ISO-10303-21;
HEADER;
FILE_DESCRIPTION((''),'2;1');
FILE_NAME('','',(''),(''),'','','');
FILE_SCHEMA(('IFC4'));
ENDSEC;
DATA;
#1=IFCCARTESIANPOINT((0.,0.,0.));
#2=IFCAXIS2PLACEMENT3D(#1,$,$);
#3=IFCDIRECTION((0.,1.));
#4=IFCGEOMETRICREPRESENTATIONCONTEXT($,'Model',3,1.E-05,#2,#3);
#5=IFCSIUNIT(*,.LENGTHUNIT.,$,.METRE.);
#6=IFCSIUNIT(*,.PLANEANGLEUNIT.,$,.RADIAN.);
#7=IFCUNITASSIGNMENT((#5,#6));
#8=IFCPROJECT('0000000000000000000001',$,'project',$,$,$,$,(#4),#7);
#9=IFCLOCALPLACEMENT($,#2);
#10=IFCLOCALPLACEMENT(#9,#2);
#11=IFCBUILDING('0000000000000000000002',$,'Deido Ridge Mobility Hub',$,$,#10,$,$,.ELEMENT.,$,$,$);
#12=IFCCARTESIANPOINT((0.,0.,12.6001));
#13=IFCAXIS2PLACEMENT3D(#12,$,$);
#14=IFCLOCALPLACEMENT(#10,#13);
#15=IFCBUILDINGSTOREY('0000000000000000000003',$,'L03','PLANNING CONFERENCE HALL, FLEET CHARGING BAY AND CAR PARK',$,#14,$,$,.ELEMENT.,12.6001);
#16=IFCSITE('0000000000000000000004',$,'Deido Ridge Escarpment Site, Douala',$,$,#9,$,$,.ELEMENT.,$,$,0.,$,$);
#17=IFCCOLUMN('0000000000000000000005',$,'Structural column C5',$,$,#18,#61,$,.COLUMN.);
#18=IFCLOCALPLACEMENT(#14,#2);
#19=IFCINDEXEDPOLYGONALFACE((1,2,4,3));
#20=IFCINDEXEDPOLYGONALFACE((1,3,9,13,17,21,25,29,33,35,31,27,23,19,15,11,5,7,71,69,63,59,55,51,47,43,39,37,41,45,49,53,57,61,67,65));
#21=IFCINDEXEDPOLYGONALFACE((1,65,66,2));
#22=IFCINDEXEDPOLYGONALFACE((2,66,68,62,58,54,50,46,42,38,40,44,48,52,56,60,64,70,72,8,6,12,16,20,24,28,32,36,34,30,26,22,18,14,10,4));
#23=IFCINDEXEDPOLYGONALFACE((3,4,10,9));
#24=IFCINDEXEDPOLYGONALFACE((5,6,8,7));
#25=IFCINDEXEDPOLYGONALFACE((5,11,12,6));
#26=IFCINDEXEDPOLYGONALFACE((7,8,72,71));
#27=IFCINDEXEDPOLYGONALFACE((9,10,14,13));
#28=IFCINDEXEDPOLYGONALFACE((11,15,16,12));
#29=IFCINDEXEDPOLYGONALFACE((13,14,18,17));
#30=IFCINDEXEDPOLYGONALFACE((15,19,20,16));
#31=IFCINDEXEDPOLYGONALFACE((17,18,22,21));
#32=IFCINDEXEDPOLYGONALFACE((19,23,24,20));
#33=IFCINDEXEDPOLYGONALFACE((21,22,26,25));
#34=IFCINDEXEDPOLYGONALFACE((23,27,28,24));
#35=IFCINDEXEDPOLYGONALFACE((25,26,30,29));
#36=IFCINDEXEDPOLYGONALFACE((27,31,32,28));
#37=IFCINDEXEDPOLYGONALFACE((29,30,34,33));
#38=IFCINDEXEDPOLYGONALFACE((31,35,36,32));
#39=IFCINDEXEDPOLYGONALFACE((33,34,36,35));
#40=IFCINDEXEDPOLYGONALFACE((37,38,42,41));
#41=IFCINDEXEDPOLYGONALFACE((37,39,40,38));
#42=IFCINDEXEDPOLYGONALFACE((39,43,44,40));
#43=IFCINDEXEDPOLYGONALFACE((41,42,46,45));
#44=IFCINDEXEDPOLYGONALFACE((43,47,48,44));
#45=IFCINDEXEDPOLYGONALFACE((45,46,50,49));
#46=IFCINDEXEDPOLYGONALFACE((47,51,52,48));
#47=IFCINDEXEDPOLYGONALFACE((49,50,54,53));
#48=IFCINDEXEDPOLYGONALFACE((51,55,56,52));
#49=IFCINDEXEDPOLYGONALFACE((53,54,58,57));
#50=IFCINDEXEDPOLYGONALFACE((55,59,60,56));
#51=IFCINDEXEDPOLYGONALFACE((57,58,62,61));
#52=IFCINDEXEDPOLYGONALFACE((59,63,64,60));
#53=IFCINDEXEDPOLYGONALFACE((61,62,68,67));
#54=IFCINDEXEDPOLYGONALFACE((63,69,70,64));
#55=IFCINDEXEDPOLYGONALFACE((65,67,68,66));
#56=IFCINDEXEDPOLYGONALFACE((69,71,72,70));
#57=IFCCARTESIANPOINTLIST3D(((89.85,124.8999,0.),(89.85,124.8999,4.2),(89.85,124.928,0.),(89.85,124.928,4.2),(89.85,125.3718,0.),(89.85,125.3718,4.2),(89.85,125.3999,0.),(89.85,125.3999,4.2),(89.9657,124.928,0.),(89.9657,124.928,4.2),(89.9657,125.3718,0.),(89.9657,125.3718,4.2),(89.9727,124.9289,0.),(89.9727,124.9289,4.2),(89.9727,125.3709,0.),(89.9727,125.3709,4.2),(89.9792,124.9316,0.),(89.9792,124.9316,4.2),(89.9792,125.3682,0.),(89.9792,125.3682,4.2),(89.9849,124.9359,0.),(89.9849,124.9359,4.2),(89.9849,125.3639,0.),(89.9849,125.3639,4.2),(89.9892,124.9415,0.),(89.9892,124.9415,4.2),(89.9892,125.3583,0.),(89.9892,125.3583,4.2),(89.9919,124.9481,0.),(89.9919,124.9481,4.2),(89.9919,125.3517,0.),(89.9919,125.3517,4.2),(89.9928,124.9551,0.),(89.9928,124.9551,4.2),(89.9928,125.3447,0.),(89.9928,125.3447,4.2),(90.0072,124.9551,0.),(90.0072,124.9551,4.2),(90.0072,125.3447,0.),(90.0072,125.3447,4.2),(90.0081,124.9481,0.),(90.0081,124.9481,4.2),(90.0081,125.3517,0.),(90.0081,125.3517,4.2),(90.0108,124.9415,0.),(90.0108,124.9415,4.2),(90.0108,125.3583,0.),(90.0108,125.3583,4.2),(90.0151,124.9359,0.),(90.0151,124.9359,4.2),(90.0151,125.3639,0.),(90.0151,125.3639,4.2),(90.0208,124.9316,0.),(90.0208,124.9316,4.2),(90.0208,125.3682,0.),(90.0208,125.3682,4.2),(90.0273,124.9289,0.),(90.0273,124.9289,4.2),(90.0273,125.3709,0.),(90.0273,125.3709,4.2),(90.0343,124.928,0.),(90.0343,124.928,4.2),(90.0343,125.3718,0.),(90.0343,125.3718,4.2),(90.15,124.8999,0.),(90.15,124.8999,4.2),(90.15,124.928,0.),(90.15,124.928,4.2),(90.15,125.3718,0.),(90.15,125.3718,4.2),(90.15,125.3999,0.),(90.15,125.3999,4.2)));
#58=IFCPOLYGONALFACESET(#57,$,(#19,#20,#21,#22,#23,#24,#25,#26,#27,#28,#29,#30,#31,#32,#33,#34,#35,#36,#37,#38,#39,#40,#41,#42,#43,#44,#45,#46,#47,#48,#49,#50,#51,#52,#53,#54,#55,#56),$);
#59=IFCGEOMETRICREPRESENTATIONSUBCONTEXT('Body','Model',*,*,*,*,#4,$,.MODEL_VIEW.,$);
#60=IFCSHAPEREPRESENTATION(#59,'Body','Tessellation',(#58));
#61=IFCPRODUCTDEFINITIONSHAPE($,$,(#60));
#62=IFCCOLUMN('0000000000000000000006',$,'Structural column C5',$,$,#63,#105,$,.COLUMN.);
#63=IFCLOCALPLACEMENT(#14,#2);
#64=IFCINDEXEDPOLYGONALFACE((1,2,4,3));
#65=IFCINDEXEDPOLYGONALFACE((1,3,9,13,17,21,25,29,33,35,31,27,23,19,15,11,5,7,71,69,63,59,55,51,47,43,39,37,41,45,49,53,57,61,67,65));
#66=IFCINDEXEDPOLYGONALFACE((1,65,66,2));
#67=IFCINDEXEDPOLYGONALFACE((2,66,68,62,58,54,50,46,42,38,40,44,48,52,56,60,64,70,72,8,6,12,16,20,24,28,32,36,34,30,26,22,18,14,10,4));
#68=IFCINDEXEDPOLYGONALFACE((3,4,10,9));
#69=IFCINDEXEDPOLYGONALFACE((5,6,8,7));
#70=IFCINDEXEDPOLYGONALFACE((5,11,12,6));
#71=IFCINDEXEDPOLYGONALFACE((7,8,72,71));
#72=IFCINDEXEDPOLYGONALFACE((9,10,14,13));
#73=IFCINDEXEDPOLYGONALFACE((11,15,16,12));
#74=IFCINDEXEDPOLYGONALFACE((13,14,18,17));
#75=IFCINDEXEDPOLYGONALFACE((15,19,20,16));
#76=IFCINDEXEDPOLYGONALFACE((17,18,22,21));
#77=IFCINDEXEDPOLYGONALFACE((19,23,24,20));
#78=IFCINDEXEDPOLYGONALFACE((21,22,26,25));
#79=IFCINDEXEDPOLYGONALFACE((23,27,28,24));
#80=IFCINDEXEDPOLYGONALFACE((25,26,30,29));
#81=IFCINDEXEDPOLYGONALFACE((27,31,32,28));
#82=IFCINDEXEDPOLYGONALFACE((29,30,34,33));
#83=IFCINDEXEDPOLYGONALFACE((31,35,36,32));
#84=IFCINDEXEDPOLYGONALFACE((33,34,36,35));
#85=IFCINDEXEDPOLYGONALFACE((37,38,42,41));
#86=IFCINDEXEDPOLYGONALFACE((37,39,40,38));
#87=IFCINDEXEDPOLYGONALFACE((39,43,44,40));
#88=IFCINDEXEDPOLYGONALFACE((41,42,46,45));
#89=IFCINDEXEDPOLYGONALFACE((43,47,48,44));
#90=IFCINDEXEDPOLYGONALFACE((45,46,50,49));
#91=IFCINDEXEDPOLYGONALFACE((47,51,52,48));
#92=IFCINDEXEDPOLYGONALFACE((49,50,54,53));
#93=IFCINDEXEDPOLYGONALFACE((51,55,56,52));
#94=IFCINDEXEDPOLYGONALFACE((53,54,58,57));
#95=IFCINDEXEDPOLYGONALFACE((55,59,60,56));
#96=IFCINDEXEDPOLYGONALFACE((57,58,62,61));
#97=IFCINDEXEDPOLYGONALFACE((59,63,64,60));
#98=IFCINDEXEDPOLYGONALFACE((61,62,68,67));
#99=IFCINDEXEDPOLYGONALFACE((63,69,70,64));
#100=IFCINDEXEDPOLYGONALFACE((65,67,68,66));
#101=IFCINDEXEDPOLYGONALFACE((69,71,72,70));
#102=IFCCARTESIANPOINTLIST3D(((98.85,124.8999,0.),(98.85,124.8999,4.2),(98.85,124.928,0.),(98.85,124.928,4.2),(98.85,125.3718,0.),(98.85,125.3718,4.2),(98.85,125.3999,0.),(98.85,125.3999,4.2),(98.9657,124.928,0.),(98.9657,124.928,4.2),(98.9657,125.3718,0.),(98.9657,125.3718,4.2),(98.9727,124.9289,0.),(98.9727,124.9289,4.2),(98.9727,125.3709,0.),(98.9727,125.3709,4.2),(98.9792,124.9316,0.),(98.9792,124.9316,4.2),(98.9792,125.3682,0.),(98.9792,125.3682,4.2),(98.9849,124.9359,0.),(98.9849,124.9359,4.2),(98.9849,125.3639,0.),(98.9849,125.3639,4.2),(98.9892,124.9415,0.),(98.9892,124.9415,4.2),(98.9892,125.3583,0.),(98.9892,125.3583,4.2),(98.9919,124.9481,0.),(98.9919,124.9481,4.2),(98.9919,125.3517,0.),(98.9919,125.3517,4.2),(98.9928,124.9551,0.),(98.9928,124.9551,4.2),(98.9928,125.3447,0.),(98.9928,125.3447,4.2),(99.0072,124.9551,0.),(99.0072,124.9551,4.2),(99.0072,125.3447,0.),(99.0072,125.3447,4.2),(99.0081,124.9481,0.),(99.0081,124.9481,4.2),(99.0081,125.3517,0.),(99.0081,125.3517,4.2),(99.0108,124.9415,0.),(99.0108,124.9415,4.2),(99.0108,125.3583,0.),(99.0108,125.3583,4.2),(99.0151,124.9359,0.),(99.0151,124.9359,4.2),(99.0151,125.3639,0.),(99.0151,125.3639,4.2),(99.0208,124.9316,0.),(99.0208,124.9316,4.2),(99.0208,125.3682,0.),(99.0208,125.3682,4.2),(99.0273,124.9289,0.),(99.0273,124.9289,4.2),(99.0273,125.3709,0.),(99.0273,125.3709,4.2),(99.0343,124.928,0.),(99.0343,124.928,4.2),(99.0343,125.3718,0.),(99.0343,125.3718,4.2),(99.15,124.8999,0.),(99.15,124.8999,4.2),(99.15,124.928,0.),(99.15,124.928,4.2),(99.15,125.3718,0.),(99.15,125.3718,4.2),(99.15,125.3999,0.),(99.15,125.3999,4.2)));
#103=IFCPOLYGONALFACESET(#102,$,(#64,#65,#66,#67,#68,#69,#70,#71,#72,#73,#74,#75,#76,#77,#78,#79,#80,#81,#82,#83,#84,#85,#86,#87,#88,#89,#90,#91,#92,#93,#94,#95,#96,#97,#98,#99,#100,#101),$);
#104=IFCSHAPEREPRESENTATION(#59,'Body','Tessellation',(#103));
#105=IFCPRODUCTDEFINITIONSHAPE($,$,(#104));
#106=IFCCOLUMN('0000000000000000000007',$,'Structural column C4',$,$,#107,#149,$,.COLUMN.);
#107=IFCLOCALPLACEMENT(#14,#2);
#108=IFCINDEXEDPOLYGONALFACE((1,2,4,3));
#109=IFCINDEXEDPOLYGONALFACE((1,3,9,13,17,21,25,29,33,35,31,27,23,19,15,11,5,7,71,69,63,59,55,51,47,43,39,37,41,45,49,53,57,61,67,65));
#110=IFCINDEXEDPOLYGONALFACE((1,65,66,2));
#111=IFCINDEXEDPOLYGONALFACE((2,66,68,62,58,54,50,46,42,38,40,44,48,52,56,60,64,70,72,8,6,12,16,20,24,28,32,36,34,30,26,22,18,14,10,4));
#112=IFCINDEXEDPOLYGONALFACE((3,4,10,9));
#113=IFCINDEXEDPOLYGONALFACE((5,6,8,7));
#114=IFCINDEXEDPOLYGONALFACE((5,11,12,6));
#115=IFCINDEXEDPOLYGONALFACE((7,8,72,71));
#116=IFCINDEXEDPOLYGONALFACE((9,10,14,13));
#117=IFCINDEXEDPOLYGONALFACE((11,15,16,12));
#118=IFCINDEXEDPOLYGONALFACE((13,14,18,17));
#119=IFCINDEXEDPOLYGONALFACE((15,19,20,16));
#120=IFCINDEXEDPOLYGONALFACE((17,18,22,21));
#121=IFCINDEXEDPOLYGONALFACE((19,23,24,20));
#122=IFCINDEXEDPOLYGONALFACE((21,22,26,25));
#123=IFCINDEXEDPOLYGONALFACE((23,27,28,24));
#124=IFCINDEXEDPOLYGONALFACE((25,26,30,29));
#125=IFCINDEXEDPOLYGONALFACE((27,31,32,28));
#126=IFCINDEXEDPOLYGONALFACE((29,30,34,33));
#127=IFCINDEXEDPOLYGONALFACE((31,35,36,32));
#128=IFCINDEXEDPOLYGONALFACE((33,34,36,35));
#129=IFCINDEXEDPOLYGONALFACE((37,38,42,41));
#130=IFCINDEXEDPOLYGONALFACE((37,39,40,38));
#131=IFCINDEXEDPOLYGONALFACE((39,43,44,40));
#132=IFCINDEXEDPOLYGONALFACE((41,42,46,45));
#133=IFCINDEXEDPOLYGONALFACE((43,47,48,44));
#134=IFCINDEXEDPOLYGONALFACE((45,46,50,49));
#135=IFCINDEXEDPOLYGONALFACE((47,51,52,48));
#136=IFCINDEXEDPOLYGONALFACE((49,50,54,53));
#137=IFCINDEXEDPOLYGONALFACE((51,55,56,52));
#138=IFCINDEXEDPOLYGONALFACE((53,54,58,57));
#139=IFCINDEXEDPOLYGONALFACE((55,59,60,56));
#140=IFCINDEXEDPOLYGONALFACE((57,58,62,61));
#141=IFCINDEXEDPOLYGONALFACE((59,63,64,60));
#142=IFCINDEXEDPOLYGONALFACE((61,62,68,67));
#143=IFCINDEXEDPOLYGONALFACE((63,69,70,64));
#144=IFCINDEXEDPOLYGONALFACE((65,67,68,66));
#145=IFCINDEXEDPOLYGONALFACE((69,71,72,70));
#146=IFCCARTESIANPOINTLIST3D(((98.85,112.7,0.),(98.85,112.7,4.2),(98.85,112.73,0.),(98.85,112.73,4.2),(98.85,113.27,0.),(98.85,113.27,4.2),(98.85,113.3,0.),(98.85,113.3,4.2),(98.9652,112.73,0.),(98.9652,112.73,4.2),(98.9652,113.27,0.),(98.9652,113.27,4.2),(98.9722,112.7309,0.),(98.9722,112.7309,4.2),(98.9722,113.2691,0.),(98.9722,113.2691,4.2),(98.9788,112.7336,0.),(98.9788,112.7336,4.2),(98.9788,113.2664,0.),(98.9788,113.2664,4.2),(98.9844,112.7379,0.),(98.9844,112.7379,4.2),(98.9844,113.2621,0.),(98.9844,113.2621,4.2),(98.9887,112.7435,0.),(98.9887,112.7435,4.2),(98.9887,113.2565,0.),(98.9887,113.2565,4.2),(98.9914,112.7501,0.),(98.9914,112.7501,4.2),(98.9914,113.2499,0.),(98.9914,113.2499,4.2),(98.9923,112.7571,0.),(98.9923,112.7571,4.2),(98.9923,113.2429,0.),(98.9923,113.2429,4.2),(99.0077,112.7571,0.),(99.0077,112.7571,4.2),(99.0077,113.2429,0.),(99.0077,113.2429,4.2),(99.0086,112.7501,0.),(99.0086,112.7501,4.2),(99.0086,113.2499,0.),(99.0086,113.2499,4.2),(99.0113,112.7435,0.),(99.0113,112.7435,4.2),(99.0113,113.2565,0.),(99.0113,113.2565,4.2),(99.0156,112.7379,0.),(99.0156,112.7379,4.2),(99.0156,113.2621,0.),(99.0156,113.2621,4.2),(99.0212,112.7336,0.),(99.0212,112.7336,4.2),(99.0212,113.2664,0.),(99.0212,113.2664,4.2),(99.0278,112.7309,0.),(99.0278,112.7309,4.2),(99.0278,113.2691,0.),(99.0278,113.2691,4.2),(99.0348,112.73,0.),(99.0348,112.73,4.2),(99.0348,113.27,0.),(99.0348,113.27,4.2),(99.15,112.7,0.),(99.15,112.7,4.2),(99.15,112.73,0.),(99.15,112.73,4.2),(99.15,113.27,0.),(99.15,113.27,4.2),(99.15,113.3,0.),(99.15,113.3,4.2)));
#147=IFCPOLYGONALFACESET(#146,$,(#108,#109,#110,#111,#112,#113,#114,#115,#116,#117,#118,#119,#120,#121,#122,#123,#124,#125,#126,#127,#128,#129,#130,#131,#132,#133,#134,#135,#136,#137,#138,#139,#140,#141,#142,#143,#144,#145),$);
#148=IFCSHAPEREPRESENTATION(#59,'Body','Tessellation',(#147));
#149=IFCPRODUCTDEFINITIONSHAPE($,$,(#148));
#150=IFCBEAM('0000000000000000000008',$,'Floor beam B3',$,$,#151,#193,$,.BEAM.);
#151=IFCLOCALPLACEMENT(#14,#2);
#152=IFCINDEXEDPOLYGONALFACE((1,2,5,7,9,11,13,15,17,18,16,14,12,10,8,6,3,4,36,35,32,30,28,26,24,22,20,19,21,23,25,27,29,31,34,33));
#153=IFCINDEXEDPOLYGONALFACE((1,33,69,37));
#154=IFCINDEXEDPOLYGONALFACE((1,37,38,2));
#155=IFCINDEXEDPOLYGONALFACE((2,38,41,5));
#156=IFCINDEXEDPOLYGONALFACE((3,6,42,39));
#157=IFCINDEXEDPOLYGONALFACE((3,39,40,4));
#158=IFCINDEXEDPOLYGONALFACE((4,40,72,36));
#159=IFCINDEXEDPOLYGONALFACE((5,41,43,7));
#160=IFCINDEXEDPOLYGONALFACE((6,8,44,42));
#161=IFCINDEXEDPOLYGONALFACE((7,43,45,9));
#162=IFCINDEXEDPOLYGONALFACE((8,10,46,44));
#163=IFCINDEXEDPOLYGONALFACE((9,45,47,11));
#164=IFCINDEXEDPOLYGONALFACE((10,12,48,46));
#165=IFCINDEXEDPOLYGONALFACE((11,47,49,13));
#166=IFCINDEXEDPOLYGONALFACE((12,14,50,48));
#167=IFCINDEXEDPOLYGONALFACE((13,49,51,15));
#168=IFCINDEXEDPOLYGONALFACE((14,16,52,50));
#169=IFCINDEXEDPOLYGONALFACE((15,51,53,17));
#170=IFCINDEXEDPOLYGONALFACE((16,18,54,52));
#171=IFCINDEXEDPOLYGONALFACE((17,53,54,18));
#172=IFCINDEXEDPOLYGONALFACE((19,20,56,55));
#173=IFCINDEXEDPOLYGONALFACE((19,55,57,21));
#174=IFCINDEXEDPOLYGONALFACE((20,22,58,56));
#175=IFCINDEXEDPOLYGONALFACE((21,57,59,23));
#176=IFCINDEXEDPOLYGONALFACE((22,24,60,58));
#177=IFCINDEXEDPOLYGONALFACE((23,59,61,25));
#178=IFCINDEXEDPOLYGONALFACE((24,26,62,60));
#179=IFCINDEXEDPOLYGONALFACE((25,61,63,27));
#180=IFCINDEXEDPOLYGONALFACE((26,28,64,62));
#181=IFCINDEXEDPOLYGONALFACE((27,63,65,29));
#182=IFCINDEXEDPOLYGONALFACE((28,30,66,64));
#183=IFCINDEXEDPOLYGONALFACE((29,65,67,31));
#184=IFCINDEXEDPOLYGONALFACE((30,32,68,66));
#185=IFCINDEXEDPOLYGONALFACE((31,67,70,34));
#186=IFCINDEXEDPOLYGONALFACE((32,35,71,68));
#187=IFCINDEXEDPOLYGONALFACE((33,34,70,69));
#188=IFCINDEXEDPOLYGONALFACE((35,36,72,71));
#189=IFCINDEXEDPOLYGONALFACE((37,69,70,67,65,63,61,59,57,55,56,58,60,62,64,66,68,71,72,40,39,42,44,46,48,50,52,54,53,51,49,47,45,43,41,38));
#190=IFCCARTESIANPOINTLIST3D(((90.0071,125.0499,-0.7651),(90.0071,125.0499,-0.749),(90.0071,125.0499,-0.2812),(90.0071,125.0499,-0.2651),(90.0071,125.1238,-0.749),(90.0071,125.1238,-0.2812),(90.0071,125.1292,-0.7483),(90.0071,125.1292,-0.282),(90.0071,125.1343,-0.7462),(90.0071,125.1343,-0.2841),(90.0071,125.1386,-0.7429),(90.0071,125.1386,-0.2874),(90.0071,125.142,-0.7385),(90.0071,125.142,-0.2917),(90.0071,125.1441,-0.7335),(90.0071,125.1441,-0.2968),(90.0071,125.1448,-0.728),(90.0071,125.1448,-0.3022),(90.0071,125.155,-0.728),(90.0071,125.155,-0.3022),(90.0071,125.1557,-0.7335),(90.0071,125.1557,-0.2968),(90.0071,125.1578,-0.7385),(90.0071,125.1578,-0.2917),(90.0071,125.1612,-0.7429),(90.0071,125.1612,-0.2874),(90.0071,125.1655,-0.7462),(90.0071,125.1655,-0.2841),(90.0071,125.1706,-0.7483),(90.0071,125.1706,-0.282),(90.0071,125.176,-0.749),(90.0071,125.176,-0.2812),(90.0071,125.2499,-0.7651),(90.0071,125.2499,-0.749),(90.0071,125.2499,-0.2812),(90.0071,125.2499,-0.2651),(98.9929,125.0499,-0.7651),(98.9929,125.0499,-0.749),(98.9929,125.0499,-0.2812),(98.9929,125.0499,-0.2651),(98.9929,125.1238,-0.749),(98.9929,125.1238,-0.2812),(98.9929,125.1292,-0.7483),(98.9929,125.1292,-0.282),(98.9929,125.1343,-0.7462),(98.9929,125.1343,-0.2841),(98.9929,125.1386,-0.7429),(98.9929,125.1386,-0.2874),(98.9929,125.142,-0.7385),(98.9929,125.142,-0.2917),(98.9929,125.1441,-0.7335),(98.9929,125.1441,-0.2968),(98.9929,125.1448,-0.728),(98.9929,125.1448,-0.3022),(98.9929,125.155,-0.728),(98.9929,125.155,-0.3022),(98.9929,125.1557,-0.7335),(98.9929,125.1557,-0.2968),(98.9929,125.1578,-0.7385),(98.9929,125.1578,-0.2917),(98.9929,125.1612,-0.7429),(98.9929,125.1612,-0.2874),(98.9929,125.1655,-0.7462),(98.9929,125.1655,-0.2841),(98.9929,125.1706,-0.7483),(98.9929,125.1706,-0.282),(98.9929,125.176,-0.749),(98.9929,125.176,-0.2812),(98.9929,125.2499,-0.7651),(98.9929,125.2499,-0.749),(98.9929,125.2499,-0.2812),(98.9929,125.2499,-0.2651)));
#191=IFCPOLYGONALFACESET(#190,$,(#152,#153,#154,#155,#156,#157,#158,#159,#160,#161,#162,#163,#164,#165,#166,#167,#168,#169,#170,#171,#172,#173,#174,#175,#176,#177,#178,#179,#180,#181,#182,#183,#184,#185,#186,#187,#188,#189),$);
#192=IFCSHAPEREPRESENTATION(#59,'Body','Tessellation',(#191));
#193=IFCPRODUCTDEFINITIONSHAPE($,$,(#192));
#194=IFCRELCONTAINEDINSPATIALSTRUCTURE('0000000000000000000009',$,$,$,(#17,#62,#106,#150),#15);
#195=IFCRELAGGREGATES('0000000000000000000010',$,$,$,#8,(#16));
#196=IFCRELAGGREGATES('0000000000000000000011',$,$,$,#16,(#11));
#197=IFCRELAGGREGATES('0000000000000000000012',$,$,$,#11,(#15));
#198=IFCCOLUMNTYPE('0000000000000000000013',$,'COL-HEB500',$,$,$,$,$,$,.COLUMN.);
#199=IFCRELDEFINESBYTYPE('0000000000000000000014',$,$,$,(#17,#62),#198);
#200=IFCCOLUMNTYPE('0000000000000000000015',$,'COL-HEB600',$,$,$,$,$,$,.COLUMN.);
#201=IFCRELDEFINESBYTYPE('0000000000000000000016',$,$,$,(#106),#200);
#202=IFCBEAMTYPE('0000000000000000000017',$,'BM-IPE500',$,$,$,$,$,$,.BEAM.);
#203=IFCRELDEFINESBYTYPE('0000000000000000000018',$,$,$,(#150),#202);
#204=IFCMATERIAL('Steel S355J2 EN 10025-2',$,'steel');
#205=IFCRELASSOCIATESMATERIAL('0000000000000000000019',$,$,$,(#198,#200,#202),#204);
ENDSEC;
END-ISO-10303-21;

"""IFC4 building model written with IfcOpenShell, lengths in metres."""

from ifc_helpers import new_model, si_unit, direction, frame, origin, origin_2d, place, context, subcontext, project, spatial, i_section, extrude, material, material_profile, profile_set, type_object, element, save


model = new_model("IFC4")

# Units and contexts
model_context = context("Model", 3, precision=1e-05, world=origin(), true_north=direction((0.0, 1.0)))
body_context = subcontext(model_context, "Body", "Model", "MODEL_VIEW")
ifc_project = project(units=[si_unit("LENGTHUNIT", "METRE"), si_unit("PLANEANGLEUNIT", "RADIAN")], contexts=[model_context])

# Site, building, storey
site_placement = place(None, origin())
site = spatial("IfcSite", under=ifc_project, at=site_placement, Name="Deido Ridge Escarpment Site, Douala", CompositionType="ELEMENT", RefElevation=0.0)
building_placement = place(site_placement, origin())
building = spatial("IfcBuilding", under=site, at=building_placement, Name="Deido Ridge Mobility Hub", CompositionType="ELEMENT")
storey_placement = place(building_placement, frame((0.0, 0.0, 12.6001)))
storey = spatial("IfcBuildingStorey", under=building, at=storey_placement, Name="L03", Description="PLANNING CONFERENCE HALL, FLEET CHARGING BAY AND CAR PARK", CompositionType="ELEMENT", Elevation=12.6001)

# Columns
ifc_material_1 = material(Name="Steel S355J2 EN 10025-2", Category="steel")
ifc_material_profile_1 = material_profile(ifc_material_1, i_section(OverallWidth=0.3, OverallDepth=0.5, WebThickness=0.0144, FlangeThickness=0.0281, FilletRadius=0.0271, at=origin_2d()), Name="HEB 500")
ifc_profile_set_1 = profile_set([ifc_material_profile_1], Name="Steel S355J2 EN 10025-2")
column_type_1 = type_object("IfcColumnType", Name="COL-HEB500", PredefinedType="COLUMN", material=ifc_profile_set_1)
for number, where, z_axis, x_axis, name in (
    (1, (90.0, 125.1499, 0.0), (0.0, 0.0, 1.0), (1.0, 0.0, 0.0), "Structural column C5"),
    (2, (99.0, 125.1499, 0.0), (0.0, 0.0, 1.0), (1.0, 0.0, 0.0), "Structural column C5"),
):
    element("IfcColumn", number, at=place(storey_placement, frame(where, z_axis=z_axis, x_axis=x_axis)), inside=storey, type_object=column_type_1, Name=name, PredefinedType="COLUMN", context=body_context, shape_type="SweptSolid", body=[
        extrude(i_section(OverallWidth=0.3, OverallDepth=0.5, WebThickness=0.0144, FlangeThickness=0.0281, FilletRadius=0.0271, at=origin_2d()), origin(), (0.0, 0.0, 1.0), 4.2),
    ])
ifc_material_profile_2 = material_profile(ifc_material_1, i_section(OverallWidth=0.3, OverallDepth=0.6001, WebThickness=0.0154, FlangeThickness=0.03, FilletRadius=0.0271, at=origin_2d()), Name="HEB 600")
ifc_profile_set_2 = profile_set([ifc_material_profile_2], Name="Steel S355J2 EN 10025-2")
column_type_2 = type_object("IfcColumnType", Name="COL-HEB600", PredefinedType="COLUMN", material=ifc_profile_set_2)
column_placement = place(storey_placement, frame((99.0, 113.0, 0.0), z_axis=(0.0, 0.0, 1.0), x_axis=(1.0, 0.0, 0.0)))
element("IfcColumn", 3, at=column_placement, inside=storey, type_object=column_type_2, Name="Structural column C4", PredefinedType="COLUMN", context=body_context, shape_type="SweptSolid", body=[
    extrude(i_section(OverallWidth=0.3, OverallDepth=0.6001, WebThickness=0.0154, FlangeThickness=0.03, FilletRadius=0.0271, at=origin_2d()), origin(), (0.0, 0.0, 1.0), 4.2),
])

# Beam
ifc_material_profile_3 = material_profile(ifc_material_1, i_section(OverallWidth=0.2, OverallDepth=0.5, WebThickness=0.0103, FlangeThickness=0.0161, FilletRadius=0.021, at=origin_2d()), Name="IPE 500")
ifc_profile_set_3 = profile_set([ifc_material_profile_3], Name="Steel S355J2 EN 10025-2")
beam_type_1 = type_object("IfcBeamType", Name="BM-IPE500", PredefinedType="BEAM", material=ifc_profile_set_3)
beam_1_placement = place(storey_placement, frame((90.0071, 125.1499, -0.5151), z_axis=(1.0, 0.0, 0.0), x_axis=(0.0, 1.0, 0.0)))
element("IfcBeam", 4, at=beam_1_placement, inside=storey, type_object=beam_type_1, Name="Floor beam B3", PredefinedType="BEAM", context=body_context, shape_type="SweptSolid", body=[
    extrude(i_section(OverallWidth=0.2, OverallDepth=0.5, WebThickness=0.0103, FlangeThickness=0.0161, FilletRadius=0.021, at=origin_2d()), origin(), (0.0, 0.0, 1.0), 8.9858),
])

save(model, "model.ifc")
